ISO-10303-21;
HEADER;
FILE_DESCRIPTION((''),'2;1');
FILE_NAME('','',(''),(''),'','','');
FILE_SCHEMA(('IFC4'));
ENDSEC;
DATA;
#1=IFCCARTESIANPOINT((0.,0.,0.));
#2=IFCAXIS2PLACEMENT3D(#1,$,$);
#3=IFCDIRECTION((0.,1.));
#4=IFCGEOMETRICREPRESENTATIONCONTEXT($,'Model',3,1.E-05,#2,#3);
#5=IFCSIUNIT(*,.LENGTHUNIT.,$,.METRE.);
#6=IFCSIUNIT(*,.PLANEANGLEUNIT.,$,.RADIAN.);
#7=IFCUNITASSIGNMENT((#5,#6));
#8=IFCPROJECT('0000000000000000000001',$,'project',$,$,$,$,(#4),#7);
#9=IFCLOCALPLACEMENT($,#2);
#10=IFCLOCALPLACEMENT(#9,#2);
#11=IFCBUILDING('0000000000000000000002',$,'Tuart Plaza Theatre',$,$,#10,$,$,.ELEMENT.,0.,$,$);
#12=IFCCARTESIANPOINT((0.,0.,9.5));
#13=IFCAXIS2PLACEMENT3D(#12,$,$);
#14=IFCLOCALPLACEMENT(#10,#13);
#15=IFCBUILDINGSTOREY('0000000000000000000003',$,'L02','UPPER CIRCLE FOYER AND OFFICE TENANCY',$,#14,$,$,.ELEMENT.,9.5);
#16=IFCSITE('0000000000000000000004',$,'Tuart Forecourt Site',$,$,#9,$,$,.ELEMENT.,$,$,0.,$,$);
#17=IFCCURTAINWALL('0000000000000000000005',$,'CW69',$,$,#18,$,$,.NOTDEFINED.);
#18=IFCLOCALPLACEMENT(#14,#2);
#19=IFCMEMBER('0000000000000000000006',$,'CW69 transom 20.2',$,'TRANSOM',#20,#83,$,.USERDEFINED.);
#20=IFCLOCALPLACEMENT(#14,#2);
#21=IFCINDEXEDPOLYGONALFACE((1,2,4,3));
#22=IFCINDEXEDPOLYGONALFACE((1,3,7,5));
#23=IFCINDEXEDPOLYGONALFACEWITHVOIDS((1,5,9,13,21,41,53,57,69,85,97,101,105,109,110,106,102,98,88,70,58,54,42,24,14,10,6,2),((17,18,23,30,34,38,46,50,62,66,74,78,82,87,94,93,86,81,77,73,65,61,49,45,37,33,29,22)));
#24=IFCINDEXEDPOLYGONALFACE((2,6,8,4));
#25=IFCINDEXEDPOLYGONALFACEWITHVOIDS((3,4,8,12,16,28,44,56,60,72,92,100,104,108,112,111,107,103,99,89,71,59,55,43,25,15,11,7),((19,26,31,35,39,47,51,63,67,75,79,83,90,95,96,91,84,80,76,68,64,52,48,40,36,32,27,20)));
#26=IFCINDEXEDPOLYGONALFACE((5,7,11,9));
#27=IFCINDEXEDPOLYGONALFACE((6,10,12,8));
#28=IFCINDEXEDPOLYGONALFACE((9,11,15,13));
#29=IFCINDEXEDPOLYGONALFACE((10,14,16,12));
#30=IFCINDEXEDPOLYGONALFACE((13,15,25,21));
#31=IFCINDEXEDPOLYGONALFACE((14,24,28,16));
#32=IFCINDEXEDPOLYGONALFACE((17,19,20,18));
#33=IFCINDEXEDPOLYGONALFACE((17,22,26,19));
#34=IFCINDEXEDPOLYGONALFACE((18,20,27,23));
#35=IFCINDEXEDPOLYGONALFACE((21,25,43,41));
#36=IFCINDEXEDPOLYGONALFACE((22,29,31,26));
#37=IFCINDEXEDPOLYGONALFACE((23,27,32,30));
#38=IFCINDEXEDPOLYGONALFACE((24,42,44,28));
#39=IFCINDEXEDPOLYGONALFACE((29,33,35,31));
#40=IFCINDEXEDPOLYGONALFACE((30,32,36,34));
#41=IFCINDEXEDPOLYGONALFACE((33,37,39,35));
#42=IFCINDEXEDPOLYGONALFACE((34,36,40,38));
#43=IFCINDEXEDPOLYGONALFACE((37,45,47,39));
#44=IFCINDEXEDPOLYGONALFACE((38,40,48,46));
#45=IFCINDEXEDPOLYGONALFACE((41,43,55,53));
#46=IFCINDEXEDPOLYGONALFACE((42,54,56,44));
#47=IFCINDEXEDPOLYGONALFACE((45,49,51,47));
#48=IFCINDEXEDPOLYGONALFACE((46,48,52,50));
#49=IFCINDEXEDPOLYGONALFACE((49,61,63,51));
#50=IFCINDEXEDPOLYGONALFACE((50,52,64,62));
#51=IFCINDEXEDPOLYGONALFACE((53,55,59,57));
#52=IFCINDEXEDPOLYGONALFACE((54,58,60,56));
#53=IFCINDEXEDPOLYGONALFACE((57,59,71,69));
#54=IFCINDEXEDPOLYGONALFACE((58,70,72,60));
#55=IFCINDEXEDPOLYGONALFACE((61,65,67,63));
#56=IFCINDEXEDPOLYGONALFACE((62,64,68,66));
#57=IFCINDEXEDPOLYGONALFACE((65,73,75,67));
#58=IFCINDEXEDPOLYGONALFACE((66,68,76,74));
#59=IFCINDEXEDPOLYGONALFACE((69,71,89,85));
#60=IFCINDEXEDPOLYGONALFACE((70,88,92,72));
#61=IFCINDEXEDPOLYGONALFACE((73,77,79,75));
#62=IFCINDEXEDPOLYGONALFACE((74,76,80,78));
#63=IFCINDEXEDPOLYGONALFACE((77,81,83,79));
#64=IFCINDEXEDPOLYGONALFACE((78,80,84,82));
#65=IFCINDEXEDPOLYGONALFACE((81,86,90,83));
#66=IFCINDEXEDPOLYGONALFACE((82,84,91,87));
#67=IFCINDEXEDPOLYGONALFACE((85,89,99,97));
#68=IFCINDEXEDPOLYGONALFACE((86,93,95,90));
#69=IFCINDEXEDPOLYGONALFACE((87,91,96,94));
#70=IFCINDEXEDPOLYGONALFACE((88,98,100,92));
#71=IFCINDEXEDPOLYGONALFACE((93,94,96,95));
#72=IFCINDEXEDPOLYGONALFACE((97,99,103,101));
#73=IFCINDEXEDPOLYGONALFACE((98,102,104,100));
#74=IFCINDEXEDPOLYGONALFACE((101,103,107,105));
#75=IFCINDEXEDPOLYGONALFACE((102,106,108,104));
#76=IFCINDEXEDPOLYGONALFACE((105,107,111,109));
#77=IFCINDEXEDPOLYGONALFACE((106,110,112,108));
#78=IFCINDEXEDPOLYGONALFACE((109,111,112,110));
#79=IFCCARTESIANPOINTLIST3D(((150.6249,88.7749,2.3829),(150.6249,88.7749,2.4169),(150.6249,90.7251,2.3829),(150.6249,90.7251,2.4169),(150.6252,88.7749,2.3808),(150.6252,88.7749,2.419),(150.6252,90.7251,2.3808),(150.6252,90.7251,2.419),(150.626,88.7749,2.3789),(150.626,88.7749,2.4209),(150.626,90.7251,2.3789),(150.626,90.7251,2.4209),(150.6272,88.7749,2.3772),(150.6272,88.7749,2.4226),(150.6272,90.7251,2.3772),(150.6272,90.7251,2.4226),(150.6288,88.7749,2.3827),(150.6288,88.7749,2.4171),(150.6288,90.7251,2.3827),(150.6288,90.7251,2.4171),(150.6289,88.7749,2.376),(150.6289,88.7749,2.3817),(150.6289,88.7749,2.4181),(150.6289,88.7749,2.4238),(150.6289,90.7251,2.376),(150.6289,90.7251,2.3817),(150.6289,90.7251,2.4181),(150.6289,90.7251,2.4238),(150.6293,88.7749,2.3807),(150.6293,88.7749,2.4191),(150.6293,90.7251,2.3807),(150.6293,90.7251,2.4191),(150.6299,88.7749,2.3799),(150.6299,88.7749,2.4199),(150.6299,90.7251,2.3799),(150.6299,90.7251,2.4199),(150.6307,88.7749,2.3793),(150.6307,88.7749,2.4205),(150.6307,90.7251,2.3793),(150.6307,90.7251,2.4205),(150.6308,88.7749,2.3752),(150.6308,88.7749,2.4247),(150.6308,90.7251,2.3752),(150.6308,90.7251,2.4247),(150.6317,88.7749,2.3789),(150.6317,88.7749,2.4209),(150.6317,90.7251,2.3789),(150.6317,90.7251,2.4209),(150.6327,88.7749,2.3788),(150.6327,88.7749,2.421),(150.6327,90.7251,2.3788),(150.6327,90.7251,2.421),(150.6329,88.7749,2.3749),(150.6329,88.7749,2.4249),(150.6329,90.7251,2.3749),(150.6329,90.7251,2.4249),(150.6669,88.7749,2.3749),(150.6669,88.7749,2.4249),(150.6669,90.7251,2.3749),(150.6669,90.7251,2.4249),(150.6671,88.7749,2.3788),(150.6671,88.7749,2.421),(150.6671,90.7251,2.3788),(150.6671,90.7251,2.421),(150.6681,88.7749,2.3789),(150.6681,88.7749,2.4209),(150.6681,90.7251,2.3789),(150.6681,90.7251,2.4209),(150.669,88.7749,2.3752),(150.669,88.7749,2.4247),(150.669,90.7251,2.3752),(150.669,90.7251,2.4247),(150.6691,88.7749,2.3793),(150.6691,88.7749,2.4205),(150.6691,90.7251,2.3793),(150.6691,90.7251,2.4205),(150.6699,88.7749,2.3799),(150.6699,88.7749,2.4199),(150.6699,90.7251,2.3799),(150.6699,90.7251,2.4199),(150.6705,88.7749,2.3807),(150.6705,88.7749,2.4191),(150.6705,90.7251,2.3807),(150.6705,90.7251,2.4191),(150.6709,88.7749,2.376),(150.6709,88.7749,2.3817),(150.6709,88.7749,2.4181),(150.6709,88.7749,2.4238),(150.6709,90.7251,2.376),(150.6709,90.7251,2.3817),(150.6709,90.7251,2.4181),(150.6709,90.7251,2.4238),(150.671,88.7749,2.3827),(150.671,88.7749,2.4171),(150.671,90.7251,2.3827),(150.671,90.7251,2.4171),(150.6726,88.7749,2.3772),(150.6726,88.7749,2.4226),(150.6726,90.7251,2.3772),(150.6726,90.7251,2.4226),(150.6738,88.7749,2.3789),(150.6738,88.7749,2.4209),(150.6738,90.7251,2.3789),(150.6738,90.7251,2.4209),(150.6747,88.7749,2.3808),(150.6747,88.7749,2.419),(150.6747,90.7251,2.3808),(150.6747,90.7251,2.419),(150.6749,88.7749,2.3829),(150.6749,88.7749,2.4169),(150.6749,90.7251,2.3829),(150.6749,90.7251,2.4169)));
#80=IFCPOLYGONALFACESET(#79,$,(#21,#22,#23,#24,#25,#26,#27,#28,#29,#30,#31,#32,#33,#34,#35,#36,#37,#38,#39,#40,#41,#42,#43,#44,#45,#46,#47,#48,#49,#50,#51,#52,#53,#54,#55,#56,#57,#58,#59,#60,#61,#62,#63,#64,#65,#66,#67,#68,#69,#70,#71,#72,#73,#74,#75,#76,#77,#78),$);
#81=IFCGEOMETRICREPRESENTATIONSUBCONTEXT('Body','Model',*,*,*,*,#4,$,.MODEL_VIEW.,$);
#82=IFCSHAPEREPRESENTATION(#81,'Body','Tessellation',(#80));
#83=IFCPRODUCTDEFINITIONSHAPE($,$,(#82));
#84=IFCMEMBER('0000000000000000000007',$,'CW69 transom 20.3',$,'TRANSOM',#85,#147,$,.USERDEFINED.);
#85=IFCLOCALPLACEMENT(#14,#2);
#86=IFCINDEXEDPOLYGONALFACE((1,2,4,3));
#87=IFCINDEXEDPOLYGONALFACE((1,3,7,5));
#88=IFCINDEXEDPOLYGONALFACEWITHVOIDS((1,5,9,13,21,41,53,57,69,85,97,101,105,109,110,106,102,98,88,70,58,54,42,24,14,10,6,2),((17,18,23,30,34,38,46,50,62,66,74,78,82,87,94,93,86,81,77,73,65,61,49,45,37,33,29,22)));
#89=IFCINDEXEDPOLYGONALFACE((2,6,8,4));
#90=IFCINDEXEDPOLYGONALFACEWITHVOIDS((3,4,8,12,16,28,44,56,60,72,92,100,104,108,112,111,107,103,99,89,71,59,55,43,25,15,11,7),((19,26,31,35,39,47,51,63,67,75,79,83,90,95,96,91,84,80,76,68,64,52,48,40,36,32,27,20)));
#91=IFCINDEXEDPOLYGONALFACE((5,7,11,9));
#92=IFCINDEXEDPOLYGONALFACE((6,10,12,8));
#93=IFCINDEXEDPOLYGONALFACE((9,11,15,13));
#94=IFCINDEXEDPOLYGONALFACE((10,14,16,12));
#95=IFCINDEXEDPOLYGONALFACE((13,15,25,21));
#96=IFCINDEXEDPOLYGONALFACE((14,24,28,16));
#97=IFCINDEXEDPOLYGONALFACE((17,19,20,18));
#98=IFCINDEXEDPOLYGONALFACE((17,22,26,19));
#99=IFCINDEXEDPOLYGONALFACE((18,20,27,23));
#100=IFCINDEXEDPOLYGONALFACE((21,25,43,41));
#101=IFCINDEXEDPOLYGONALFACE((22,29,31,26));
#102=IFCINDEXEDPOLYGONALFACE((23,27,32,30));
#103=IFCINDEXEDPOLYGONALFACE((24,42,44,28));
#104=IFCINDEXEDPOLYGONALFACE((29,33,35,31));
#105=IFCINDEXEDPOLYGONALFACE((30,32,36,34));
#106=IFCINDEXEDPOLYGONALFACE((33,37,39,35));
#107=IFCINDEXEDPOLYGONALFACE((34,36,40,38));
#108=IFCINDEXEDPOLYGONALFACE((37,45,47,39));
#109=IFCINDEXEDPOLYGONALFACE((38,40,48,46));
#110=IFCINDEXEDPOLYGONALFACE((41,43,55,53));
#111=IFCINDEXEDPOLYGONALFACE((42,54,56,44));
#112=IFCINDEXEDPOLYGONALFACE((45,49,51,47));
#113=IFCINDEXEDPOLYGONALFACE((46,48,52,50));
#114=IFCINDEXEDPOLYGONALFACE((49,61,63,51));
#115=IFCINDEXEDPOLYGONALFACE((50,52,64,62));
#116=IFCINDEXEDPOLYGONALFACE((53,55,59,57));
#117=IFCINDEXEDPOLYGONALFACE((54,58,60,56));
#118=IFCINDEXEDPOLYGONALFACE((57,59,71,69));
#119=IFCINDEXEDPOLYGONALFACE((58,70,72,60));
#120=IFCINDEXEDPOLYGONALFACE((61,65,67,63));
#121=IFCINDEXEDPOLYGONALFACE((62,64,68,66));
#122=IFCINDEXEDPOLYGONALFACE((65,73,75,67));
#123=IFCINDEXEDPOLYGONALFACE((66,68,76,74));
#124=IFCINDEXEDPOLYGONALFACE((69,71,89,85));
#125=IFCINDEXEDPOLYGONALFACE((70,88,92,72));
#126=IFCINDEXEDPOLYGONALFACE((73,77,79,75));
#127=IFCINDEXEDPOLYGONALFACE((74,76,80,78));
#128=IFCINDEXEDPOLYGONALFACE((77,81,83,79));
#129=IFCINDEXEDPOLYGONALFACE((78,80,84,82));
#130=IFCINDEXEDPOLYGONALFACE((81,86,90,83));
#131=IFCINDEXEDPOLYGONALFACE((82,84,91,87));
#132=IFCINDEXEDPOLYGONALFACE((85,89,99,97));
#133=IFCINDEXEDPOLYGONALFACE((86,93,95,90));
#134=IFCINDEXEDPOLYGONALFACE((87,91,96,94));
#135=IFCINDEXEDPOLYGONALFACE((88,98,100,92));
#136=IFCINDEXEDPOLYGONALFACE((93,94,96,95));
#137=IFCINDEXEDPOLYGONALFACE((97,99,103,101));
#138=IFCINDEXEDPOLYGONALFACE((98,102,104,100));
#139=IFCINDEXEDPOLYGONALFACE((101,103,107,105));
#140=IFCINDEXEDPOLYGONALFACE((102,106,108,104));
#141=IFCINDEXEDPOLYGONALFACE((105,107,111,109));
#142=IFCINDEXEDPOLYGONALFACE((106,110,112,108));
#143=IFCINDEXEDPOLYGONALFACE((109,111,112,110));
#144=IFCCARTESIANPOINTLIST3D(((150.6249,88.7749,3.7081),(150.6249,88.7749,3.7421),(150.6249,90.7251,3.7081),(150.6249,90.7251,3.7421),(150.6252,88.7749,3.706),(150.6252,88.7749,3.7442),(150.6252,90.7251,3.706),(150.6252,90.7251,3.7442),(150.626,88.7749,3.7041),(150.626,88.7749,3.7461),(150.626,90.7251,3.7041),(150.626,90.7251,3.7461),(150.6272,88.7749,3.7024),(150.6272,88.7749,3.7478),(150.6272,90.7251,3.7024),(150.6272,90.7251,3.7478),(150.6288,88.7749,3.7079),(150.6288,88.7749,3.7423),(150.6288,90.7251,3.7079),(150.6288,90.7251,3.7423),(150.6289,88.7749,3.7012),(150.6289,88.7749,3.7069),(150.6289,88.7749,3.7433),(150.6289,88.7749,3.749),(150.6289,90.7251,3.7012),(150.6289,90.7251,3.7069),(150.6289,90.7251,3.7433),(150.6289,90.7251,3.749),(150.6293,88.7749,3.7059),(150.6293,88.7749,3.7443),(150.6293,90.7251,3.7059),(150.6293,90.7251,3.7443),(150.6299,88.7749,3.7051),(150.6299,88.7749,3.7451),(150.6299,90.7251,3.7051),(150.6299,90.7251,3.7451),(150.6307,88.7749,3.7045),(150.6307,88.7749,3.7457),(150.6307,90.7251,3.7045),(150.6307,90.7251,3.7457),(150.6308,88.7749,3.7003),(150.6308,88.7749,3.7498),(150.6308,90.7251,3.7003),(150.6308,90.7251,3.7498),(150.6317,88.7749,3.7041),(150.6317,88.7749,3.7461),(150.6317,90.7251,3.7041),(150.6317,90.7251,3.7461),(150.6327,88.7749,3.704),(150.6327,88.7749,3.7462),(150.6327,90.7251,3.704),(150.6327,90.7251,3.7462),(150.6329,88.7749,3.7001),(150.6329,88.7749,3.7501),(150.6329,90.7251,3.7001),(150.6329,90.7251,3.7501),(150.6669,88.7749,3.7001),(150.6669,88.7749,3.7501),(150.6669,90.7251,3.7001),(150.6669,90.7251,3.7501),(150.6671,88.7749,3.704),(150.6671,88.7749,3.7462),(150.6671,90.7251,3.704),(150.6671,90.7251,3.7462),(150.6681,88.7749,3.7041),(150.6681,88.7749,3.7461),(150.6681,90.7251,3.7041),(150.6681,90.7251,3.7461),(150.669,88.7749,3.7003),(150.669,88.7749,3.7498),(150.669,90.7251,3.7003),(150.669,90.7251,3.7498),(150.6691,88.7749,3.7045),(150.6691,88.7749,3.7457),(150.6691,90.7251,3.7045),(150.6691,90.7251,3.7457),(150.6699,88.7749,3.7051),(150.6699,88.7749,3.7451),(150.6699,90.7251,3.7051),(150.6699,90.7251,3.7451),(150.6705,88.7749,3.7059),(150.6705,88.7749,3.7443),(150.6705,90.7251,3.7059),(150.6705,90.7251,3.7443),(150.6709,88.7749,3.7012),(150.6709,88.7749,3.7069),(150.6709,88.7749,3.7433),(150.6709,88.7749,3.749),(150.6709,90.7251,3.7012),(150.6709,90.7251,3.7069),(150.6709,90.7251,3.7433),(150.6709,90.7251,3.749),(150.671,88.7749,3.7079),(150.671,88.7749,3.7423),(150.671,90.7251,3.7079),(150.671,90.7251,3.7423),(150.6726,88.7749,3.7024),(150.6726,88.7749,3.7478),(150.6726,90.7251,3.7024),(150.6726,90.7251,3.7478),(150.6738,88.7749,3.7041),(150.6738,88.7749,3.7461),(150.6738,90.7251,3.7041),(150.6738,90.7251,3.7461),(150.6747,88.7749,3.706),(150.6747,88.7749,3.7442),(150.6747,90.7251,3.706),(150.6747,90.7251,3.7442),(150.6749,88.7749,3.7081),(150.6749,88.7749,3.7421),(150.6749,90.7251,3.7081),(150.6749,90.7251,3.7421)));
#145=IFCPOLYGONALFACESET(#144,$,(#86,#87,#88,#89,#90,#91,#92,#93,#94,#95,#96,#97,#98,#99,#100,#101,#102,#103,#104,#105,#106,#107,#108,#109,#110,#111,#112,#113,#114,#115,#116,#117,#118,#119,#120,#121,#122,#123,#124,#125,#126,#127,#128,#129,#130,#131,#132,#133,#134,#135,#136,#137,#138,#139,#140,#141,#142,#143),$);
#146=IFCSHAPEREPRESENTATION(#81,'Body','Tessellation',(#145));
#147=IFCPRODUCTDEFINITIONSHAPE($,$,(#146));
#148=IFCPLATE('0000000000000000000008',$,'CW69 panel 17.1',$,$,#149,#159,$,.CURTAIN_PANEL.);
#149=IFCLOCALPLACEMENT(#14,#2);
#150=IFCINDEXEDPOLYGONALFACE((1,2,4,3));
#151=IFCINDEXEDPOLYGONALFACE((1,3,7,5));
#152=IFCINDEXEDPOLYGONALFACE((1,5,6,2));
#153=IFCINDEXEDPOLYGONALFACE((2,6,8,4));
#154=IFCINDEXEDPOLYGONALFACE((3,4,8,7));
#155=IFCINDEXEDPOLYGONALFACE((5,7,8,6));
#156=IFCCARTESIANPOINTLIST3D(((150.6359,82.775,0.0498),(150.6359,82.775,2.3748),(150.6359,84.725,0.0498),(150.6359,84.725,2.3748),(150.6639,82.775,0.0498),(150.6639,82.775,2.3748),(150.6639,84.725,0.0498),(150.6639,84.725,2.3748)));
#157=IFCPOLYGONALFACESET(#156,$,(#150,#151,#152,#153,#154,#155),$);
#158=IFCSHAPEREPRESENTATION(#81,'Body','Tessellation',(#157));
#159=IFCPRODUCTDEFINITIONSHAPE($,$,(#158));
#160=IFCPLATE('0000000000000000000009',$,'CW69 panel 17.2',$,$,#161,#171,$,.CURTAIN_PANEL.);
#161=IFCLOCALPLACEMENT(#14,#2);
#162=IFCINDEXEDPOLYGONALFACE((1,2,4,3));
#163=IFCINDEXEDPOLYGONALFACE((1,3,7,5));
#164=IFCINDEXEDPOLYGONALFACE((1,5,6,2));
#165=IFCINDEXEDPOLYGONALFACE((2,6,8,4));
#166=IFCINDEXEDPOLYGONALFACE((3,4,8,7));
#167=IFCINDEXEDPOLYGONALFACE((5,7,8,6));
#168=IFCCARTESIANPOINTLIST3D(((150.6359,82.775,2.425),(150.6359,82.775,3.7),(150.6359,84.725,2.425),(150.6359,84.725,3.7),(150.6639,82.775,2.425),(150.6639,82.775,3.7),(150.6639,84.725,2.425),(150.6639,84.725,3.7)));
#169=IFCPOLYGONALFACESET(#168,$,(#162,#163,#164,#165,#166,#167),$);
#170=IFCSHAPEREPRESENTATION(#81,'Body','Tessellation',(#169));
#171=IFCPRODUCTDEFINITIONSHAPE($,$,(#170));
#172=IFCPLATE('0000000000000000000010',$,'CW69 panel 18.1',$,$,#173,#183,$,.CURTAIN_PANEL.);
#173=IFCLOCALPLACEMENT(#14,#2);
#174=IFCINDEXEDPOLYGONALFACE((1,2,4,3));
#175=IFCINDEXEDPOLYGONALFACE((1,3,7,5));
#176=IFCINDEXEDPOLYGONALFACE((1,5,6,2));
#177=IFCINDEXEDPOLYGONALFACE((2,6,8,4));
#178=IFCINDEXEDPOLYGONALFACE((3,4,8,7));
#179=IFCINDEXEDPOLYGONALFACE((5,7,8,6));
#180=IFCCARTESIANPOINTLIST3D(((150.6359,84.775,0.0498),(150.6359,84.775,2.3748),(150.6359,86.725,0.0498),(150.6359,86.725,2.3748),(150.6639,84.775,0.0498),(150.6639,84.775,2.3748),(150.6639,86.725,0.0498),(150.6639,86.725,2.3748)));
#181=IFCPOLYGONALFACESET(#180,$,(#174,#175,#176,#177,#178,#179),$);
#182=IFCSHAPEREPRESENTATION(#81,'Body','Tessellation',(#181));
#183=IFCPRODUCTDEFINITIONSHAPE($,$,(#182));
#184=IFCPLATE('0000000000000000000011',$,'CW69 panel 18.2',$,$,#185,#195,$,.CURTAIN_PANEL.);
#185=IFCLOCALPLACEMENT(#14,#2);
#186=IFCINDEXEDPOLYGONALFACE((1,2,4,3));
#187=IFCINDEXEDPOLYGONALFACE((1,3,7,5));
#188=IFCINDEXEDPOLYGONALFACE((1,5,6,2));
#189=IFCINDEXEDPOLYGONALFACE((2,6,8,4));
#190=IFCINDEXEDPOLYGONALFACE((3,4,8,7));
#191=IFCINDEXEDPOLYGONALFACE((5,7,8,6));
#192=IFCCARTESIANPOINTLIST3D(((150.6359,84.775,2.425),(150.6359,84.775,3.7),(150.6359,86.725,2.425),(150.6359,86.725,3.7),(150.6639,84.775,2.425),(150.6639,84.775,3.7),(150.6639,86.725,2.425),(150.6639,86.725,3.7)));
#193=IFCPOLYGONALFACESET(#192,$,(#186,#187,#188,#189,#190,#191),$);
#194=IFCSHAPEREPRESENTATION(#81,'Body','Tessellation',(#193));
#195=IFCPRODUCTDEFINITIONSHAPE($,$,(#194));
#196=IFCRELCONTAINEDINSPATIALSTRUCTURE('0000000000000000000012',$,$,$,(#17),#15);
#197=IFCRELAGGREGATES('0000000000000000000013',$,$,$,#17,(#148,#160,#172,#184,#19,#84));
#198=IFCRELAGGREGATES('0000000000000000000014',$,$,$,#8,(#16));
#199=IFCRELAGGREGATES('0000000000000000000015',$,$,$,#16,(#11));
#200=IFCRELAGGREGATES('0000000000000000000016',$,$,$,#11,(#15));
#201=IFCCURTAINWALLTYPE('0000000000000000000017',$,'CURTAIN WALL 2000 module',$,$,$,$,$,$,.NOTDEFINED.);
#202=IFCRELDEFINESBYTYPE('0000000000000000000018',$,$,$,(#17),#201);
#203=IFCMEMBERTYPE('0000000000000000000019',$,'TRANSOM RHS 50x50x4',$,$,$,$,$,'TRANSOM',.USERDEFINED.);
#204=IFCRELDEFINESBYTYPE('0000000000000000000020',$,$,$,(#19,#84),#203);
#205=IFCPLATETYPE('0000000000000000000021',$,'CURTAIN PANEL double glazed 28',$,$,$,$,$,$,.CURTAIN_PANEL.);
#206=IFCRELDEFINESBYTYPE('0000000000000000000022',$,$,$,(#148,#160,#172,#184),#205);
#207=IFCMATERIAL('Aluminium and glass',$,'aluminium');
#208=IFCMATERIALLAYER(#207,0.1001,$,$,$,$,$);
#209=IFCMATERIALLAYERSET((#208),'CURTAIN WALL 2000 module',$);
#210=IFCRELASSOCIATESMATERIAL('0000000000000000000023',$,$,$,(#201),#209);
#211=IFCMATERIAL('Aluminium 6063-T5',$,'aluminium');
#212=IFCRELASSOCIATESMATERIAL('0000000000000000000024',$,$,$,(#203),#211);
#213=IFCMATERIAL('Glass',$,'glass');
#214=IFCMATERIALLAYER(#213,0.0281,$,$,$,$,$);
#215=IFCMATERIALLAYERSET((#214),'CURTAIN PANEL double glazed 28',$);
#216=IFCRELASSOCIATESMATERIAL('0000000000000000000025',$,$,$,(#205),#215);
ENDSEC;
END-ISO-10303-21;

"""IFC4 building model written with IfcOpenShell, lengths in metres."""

from ifc_helpers import new_model, si_unit, direction, frame, origin, origin_2d, place, context, subcontext, project, spatial, rectangle, hollow_rectangle, extrude, material, layer, layer_set, material_profile, profile_set, type_object, element, aggregate, save


model = new_model("IFC4")

# Units and contexts
model_context = context("Model", 3, precision=1e-05, world=origin(), true_north=direction((0.0, 1.0)))
body_context = subcontext(model_context, "Body", "Model", "MODEL_VIEW")
ifc_project = project(units=[si_unit("LENGTHUNIT", "METRE"), si_unit("PLANEANGLEUNIT", "RADIAN")], contexts=[model_context])

# Site, building, storey
site_placement = place(None, origin())
site = spatial("IfcSite", under=ifc_project, at=site_placement, Name="Tuart Forecourt Site", CompositionType="ELEMENT", RefElevation=0.0)
building_placement = place(site_placement, origin())
building = spatial("IfcBuilding", under=site, at=building_placement, Name="Tuart Plaza Theatre", CompositionType="ELEMENT", ElevationOfRefHeight=0.0)
storey_placement = place(building_placement, frame((0.0, 0.0, 9.5)))
storey = spatial("IfcBuildingStorey", under=building, at=storey_placement, Name="L02", Description="UPPER CIRCLE FOYER AND OFFICE TENANCY", CompositionType="ELEMENT", Elevation=9.5)

# Curtain wall, members, plates
ifc_material_1 = material(Name="Aluminium and glass", Category="aluminium")
ifc_layer_1 = layer(ifc_material_1, 0.1001)
ifc_layer_set_1 = layer_set([ifc_layer_1], Name="CURTAIN WALL 2000 module")
curtain_wall_type = type_object("IfcCurtainWallType", Name="CURTAIN WALL 2000 module", PredefinedType="NOTDEFINED", material=ifc_layer_set_1)
curtain_wall_placement = place(storey_placement, origin())
curtain_wall = element("IfcCurtainWall", 1, at=curtain_wall_placement, inside=storey, type_object=curtain_wall_type, Name="CW69", PredefinedType="NOTDEFINED")
ifc_material_2 = material(Name="Aluminium 6063-T5", Category="aluminium")
ifc_material_profile_1 = material_profile(ifc_material_2, hollow_rectangle(XDim=0.05, YDim=0.05, WallThickness=0.0039, InnerFilletRadius=0.0039, OuterFilletRadius=0.0081, at=origin_2d()), Name="RHS 50x50x4")
ifc_profile_set_1 = profile_set([ifc_material_profile_1], Name="Aluminium 6063-T5")
member_type_1 = type_object("IfcMemberType", Name="TRANSOM RHS 50x50x4", ElementType="TRANSOM", PredefinedType="USERDEFINED", material=ifc_profile_set_1)
member_1_placement = place(storey_placement, frame((150.6499, 88.7749, 2.3999), z_axis=(0.0, 1.0, 0.0), x_axis=(-1.0, 0.0, 0.0)))
member_1 = element("IfcMember", 2, at=member_1_placement, type_object=member_type_1, Name="CW69 transom 20.2", ObjectType="TRANSOM", PredefinedType="USERDEFINED", context=body_context, shape_type="SweptSolid", body=[
    extrude(hollow_rectangle(XDim=0.05, YDim=0.05, WallThickness=0.0039, InnerFilletRadius=0.0039, OuterFilletRadius=0.0081, at=origin_2d()), origin(), (0.0, 0.0, 1.0), 1.9502),
])
member_2_placement = place(storey_placement, frame((150.6499, 88.7749, 3.7251), z_axis=(0.0, 1.0, 0.0), x_axis=(-1.0, 0.0, 0.0)))
member_2 = element("IfcMember", 3, at=member_2_placement, type_object=member_type_1, Name="CW69 transom 20.3", ObjectType="TRANSOM", PredefinedType="USERDEFINED", context=body_context, shape_type="SweptSolid", body=[
    extrude(hollow_rectangle(XDim=0.05, YDim=0.05, WallThickness=0.0039, InnerFilletRadius=0.0039, OuterFilletRadius=0.0081, at=origin_2d()), origin(), (0.0, 0.0, 1.0), 1.9502),
])
ifc_material_3 = material(Name="Glass", Category="glass")
ifc_layer_2 = layer(ifc_material_3, 0.0281)
ifc_layer_set_2 = layer_set([ifc_layer_2], Name="CURTAIN PANEL double glazed 28")
plate_type = type_object("IfcPlateType", Name="CURTAIN PANEL double glazed 28", PredefinedType="CURTAIN_PANEL", material=ifc_layer_set_2)
plate_1_placement = place(storey_placement, frame((150.6499, 83.75, 0.0498), z_axis=(0.0, 0.0, 1.0), x_axis=(0.0, 1.0, 0.0)))
plate_1 = element("IfcPlate", 4, at=plate_1_placement, type_object=plate_type, Name="CW69 panel 17.1", PredefinedType="CURTAIN_PANEL", context=body_context, shape_type="SweptSolid", body=[
    extrude(rectangle(XDim=1.95, YDim=0.0281, at=origin_2d()), origin(), (0.0, 0.0, 1.0), 2.325),
])
plate_2_placement = place(storey_placement, frame((150.6499, 83.75, 2.425), z_axis=(0.0, 0.0, 1.0), x_axis=(0.0, 1.0, 0.0)))
plate_2 = element("IfcPlate", 5, at=plate_2_placement, type_object=plate_type, Name="CW69 panel 17.2", PredefinedType="CURTAIN_PANEL", context=body_context, shape_type="SweptSolid", body=[
    extrude(rectangle(XDim=1.95, YDim=0.0281, at=origin_2d()), origin(), (0.0, 0.0, 1.0), 1.2749),
])
plate_3_placement = place(storey_placement, frame((150.6499, 85.75, 0.0498), z_axis=(0.0, 0.0, 1.0), x_axis=(0.0, 1.0, 0.0)))
plate_3 = element("IfcPlate", 6, at=plate_3_placement, type_object=plate_type, Name="CW69 panel 18.1", PredefinedType="CURTAIN_PANEL", context=body_context, shape_type="SweptSolid", body=[
    extrude(rectangle(XDim=1.95, YDim=0.0281, at=origin_2d()), origin(), (0.0, 0.0, 1.0), 2.325),
])
plate_4_placement = place(storey_placement, frame((150.6499, 85.75, 2.425), z_axis=(0.0, 0.0, 1.0), x_axis=(0.0, 1.0, 0.0)))
plate_4 = element("IfcPlate", 7, at=plate_4_placement, type_object=plate_type, Name="CW69 panel 18.2", PredefinedType="CURTAIN_PANEL", context=body_context, shape_type="SweptSolid", body=[
    extrude(rectangle(XDim=1.95, YDim=0.0281, at=origin_2d()), origin(), (0.0, 0.0, 1.0), 1.2749),
])
aggregate(curtain_wall, [plate_1, plate_2, plate_3, plate_4, member_1, member_2])

save(model, "model.ifc")
